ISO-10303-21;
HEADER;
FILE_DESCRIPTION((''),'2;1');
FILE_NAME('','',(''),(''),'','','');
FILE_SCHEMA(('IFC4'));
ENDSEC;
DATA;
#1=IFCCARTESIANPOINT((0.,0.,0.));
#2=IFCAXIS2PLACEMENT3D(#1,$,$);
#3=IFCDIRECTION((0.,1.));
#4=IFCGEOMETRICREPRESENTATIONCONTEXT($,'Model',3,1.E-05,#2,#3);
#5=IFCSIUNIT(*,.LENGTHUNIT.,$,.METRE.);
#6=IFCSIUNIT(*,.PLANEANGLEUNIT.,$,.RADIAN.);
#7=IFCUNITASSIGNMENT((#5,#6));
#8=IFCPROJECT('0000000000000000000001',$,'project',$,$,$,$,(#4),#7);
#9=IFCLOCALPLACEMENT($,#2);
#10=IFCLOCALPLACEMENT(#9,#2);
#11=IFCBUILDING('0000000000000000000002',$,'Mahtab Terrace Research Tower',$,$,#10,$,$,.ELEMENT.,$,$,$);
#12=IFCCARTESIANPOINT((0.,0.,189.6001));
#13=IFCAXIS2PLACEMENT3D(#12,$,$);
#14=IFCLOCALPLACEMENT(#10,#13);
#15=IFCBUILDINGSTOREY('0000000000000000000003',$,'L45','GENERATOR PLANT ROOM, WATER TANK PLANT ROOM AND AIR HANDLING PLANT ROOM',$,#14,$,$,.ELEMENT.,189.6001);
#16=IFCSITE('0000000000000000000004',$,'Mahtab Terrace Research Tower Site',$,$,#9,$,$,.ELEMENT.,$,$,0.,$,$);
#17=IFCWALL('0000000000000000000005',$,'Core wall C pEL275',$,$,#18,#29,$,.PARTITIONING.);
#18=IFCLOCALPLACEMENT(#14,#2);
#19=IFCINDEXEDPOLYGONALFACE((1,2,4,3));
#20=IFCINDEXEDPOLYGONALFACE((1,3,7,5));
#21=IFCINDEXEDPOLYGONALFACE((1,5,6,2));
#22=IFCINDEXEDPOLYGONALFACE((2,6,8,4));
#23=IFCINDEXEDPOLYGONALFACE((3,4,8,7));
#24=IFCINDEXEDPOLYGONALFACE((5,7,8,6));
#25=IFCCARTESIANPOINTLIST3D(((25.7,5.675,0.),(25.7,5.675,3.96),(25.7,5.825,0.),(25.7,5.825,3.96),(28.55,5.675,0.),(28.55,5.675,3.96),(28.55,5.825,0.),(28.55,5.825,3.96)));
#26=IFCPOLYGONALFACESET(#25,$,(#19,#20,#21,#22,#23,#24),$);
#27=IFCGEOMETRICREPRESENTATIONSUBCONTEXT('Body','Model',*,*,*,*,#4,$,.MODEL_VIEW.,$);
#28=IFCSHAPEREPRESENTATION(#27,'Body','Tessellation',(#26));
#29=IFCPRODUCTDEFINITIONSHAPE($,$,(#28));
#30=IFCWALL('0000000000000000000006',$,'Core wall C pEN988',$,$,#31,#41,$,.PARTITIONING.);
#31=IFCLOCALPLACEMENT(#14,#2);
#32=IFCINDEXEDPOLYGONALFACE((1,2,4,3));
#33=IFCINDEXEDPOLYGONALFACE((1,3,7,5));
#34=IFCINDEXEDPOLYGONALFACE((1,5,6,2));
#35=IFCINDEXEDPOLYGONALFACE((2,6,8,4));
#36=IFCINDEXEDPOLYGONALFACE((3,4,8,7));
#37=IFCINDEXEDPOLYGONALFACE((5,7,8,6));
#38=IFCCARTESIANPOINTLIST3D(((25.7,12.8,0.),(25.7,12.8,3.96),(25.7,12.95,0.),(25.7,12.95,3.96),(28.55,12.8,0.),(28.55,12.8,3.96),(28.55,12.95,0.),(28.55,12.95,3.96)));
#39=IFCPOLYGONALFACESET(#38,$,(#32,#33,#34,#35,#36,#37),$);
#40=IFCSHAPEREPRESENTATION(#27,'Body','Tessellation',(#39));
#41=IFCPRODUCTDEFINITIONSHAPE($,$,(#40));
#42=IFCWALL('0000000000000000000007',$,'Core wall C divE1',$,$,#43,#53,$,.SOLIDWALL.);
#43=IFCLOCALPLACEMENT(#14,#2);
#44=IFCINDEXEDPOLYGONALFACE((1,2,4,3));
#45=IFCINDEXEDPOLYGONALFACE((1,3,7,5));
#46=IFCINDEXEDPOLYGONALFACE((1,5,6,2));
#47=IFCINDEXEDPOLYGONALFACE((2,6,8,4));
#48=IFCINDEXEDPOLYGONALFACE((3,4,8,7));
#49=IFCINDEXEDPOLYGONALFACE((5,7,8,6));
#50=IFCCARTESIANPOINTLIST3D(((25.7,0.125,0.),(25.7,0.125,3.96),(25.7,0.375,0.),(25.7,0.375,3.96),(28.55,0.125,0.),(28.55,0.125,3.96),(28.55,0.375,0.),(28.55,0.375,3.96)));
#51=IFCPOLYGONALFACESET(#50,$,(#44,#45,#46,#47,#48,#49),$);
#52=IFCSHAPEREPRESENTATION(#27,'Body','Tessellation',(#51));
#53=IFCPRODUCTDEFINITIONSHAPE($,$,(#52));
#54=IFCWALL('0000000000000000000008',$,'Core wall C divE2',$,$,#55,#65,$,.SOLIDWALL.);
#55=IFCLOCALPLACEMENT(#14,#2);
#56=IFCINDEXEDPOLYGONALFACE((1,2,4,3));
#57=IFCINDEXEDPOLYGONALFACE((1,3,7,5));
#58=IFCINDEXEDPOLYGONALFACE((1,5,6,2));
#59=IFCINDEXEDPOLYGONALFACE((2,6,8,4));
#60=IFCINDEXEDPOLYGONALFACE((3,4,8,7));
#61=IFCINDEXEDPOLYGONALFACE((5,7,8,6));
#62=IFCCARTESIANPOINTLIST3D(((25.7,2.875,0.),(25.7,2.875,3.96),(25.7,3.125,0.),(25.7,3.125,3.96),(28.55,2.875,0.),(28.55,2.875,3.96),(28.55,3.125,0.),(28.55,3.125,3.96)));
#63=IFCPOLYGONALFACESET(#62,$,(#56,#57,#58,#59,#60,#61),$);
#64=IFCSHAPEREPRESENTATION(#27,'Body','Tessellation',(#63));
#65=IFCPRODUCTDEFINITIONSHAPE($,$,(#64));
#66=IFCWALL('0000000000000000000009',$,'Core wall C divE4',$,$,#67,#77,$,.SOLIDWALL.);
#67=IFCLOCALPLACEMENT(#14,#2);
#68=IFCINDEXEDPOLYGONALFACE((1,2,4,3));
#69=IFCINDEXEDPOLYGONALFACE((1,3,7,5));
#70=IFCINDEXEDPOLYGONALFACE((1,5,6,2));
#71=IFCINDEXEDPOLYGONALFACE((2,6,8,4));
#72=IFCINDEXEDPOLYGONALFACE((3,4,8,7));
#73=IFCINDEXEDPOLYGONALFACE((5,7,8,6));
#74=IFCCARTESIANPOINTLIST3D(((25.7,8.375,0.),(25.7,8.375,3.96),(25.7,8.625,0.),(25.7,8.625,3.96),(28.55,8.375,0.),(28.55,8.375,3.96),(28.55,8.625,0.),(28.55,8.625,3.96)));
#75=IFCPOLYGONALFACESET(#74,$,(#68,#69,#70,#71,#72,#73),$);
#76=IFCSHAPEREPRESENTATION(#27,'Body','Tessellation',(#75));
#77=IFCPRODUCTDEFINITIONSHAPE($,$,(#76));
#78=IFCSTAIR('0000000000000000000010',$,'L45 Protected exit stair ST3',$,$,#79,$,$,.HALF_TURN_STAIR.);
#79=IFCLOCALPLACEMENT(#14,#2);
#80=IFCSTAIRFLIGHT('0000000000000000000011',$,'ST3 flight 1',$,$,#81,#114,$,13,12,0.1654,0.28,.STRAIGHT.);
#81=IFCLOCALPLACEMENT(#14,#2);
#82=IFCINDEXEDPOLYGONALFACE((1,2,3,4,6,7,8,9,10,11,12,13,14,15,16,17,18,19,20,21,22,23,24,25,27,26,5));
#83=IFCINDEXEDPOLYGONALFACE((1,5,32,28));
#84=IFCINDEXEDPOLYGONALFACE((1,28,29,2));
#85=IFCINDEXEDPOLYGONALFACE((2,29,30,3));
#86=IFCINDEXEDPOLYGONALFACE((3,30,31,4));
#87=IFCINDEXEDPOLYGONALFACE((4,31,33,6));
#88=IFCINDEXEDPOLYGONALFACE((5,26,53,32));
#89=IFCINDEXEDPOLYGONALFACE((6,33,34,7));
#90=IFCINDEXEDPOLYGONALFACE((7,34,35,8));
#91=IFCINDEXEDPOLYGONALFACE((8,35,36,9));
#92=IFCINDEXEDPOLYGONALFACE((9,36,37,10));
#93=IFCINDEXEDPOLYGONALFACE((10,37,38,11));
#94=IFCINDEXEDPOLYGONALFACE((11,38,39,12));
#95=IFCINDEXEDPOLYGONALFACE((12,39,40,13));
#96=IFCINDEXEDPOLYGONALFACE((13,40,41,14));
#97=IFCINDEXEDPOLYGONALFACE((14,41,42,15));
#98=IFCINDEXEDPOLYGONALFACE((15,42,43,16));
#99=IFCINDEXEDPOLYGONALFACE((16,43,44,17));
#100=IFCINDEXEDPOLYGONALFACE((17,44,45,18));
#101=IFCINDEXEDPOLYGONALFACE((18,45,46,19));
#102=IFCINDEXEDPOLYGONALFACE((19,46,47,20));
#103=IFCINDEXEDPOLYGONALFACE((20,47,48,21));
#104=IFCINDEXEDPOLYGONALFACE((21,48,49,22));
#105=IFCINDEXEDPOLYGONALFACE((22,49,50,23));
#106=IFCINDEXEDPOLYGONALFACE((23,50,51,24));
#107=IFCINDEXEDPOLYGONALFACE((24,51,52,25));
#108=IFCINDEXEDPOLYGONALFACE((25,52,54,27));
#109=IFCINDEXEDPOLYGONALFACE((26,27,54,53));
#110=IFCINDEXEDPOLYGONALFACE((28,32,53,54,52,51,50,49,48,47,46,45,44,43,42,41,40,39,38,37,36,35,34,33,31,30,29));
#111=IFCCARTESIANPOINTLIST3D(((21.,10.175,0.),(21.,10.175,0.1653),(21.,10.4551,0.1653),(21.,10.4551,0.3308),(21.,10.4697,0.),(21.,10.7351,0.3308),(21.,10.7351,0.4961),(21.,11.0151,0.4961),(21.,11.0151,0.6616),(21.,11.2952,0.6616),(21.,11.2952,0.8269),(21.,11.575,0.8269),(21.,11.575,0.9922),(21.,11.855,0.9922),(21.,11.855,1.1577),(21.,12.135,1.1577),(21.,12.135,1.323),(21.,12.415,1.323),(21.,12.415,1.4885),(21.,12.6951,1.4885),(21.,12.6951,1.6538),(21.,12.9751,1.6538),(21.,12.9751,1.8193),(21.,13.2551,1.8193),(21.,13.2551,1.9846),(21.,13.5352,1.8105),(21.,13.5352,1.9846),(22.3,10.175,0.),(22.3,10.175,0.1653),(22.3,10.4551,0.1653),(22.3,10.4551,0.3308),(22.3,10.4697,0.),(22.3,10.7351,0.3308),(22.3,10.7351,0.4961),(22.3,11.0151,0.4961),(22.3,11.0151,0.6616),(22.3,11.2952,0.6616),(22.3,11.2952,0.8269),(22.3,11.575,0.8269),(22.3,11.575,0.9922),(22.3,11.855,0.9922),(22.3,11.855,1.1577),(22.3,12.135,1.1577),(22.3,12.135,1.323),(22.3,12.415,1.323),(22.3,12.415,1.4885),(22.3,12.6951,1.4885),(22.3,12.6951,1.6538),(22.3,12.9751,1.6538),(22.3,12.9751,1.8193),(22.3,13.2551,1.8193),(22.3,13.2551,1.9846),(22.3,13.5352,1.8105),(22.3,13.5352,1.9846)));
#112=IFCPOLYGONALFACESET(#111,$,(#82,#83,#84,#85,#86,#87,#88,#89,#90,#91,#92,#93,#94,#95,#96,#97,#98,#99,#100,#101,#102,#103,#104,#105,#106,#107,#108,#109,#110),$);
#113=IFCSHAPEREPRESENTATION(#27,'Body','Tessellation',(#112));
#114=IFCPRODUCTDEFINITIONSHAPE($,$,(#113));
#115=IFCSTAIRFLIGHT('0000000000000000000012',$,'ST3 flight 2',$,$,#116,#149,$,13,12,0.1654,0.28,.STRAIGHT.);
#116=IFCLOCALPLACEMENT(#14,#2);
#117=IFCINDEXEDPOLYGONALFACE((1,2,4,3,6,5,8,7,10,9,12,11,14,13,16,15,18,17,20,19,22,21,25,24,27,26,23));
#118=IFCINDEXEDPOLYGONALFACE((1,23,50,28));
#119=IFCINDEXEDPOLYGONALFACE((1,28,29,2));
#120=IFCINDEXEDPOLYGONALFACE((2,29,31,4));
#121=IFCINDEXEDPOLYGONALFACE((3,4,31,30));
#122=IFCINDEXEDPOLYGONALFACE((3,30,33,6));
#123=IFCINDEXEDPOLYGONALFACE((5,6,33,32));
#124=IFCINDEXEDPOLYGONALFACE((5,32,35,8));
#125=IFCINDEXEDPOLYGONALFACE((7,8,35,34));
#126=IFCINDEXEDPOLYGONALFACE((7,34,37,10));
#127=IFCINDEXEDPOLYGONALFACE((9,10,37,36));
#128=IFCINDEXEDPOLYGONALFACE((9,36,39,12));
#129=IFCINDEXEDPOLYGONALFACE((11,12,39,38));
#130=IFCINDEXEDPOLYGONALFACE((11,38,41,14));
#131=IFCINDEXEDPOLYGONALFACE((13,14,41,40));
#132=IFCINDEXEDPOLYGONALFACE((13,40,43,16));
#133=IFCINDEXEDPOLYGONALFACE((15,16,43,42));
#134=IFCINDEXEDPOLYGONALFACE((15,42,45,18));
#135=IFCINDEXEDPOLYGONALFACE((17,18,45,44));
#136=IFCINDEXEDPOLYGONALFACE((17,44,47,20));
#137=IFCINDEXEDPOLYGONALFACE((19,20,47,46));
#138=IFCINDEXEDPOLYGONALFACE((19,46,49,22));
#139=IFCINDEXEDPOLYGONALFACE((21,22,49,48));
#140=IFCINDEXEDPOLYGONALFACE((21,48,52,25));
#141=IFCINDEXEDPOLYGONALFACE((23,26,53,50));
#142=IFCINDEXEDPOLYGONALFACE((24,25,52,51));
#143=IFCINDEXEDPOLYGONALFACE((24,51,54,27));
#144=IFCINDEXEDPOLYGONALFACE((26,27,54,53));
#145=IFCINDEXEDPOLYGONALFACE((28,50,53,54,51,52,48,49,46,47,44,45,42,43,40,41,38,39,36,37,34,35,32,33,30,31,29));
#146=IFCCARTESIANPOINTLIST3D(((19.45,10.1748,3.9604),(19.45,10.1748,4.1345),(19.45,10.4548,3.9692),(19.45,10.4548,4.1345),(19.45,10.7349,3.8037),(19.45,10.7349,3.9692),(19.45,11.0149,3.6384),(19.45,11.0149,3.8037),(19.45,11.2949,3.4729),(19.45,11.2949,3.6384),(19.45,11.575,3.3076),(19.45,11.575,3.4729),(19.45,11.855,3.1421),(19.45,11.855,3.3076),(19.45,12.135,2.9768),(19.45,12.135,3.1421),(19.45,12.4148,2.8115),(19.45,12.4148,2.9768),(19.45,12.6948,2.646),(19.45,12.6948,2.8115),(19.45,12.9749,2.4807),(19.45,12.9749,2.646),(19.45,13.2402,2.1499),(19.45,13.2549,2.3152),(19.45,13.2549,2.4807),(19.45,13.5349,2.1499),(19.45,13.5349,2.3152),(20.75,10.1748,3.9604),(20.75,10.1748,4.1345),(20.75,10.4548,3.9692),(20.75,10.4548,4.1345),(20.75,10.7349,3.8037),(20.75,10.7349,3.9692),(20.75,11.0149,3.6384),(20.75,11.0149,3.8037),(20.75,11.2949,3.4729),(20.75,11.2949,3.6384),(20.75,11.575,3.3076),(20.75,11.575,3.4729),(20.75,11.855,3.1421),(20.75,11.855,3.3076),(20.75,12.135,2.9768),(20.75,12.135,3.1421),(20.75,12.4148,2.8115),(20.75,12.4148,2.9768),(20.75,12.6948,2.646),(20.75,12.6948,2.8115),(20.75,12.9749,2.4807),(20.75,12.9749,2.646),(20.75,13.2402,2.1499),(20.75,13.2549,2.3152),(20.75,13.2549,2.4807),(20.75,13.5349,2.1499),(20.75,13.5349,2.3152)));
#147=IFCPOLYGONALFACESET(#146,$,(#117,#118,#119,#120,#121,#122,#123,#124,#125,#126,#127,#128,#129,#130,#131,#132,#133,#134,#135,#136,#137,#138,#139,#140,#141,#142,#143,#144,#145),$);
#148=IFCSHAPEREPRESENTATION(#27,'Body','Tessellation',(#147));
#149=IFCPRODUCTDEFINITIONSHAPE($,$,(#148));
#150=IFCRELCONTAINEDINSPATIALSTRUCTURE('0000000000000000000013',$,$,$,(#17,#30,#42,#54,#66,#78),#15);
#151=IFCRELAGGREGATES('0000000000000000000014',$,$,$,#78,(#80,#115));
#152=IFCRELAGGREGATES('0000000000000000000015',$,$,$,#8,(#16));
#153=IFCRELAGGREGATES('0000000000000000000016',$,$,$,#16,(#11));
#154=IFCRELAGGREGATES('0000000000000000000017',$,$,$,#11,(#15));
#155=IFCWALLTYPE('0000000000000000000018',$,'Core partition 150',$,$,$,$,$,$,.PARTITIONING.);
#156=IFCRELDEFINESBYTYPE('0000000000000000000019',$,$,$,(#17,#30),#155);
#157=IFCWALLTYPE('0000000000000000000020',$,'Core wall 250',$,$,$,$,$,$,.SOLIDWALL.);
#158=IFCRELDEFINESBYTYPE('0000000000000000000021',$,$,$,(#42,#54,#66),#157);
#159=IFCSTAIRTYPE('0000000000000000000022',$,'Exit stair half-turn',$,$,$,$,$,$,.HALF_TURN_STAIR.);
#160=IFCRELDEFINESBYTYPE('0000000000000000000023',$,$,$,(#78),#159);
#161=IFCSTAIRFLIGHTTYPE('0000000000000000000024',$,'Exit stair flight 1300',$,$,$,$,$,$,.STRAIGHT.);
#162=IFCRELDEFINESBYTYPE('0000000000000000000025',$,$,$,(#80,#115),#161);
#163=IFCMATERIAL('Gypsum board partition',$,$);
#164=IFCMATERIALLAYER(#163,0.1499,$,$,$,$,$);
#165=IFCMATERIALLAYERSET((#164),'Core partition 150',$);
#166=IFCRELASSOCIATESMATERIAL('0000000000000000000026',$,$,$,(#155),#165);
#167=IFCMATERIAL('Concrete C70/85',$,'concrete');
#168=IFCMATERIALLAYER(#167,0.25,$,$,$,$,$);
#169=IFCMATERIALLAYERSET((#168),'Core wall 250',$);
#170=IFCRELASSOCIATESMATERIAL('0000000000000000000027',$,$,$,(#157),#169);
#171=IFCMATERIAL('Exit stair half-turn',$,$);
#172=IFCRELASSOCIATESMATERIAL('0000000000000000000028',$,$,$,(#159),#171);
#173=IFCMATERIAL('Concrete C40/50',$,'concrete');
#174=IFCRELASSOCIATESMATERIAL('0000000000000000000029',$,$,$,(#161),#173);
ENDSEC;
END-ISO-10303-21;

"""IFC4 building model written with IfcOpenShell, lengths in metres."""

from ifc_helpers import new_model, si_unit, direction, frame, frame_2d, origin, place, context, subcontext, project, spatial, polyline, rectangle, outline, extrude, material, layer, layer_set, type_object, element, aggregate, save


model = new_model("IFC4")

# Units and contexts
model_context = context("Model", 3, precision=1e-05, world=origin(), true_north=direction((0.0, 1.0)))
body_context = subcontext(model_context, "Body", "Model", "MODEL_VIEW")
ifc_project = project(units=[si_unit("LENGTHUNIT", "METRE"), si_unit("PLANEANGLEUNIT", "RADIAN")], contexts=[model_context])

# Site, building, storey
site_placement = place(None, origin())
site = spatial("IfcSite", under=ifc_project, at=site_placement, Name="Mahtab Terrace Research Tower Site", CompositionType="ELEMENT", RefElevation=0.0)
building_placement = place(site_placement, origin())
building = spatial("IfcBuilding", under=site, at=building_placement, Name="Mahtab Terrace Research Tower", CompositionType="ELEMENT")
storey_placement = place(building_placement, frame((0.0, 0.0, 189.6001)))
storey = spatial("IfcBuildingStorey", under=building, at=storey_placement, Name="L45", Description="GENERATOR PLANT ROOM, WATER TANK PLANT ROOM AND AIR HANDLING PLANT ROOM", CompositionType="ELEMENT", Elevation=189.6001)

# Shared definitions
ifc_material_1 = material(Name="Concrete C70/85", Category="concrete")

# Walls
ifc_material_2 = material(Name="Gypsum board partition")
ifc_layer_1 = layer(ifc_material_2, 0.1499)
ifc_layer_set_1 = layer_set([ifc_layer_1], Name="Core partition 150")
wall_type_1 = type_object("IfcWallType", Name="Core partition 150", PredefinedType="PARTITIONING", material=ifc_layer_set_1)
for number, where, z_axis, x_axis, name in (
    (1, (25.7, 5.75, 0.0), (0.0, 0.0, 1.0), (1.0, 0.0, 0.0), "Core wall C pEL275"),
    (2, (25.7, 12.875, 0.0), (0.0, 0.0, 1.0), (1.0, 0.0, 0.0), "Core wall C pEN988"),
):
    element("IfcWall", number, at=place(storey_placement, frame(where, z_axis=z_axis, x_axis=x_axis)), inside=storey, type_object=wall_type_1, Name=name, PredefinedType="PARTITIONING", context=body_context, shape_type="SweptSolid", body=[
        extrude(rectangle(XDim=2.8501, YDim=0.1499, at=frame_2d((1.425, 0.0))), origin(), (0.0, 0.0, 1.0), 3.96),
    ])
ifc_layer_2 = layer(ifc_material_1, 0.25)
ifc_layer_set_2 = layer_set([ifc_layer_2], Name="Core wall 250")
wall_type_2 = type_object("IfcWallType", Name="Core wall 250", PredefinedType="SOLIDWALL", material=ifc_layer_set_2)
for number, where, z_axis, x_axis, name in (
    (3, (25.7, 0.25, 0.0), (0.0, 0.0, 1.0), (1.0, 0.0, 0.0), "Core wall C divE1"),
    (4, (25.7, 3.0, 0.0), (0.0, 0.0, 1.0), (1.0, 0.0, 0.0), "Core wall C divE2"),
    (5, (25.7, 8.5, 0.0), (0.0, 0.0, 1.0), (1.0, 0.0, 0.0), "Core wall C divE4"),
):
    element("IfcWall", number, at=place(storey_placement, frame(where, z_axis=z_axis, x_axis=x_axis)), inside=storey, type_object=wall_type_2, Name=name, PredefinedType="SOLIDWALL", context=body_context, shape_type="SweptSolid", body=[
        extrude(rectangle(XDim=2.8501, YDim=0.25, at=frame_2d((1.425, 0.0))), origin(), (0.0, 0.0, 1.0), 3.96),
    ])

# Stair, stair flights
ifc_material_3 = material(Name="Exit stair half-turn")
stair_type = type_object("IfcStairType", Name="Exit stair half-turn", PredefinedType="HALF_TURN_STAIR", material=ifc_material_3)
stair_placement = place(storey_placement, origin())
stair = element("IfcStair", 6, at=stair_placement, inside=storey, type_object=stair_type, Name="L45 Protected exit stair ST3", PredefinedType="HALF_TURN_STAIR")
ifc_material_4 = material(Name="Concrete C40/50", Category="concrete")
stair_flight_type = type_object("IfcStairFlightType", Name="Exit stair flight 1300", PredefinedType="STRAIGHT", material=ifc_material_4)
stair_flight_1_placement = place(storey_placement, frame((21.6499, 10.175, 0.0), z_axis=(0.0, 0.0, 1.0), x_axis=(0.0, 1.0, 0.0)))
stair_flight_1 = element("IfcStairFlight", 7, at=stair_flight_1_placement, type_object=stair_flight_type, Name="ST3 flight 1", NumberOfRisers=13, NumberOfTreads=12, PredefinedType="STRAIGHT", RiserHeight=0.1654, TreadLength=0.28, context=body_context, shape_type="SweptSolid", body=[
    extrude(outline(polyline([(0.0, 0.0), (0.0, 0.1653), (0.28, 0.1653), (0.28, 0.3308), (0.5601, 0.3308), (0.5601, 0.4961), (0.8401, 0.4961), (0.8401, 0.6616), (1.1201, 0.6616), (1.1201, 0.8269), (1.3999, 0.8269), (1.3999, 0.9922), (1.6799, 0.9922), (1.6799, 1.1577), (1.96, 1.1577), (1.96, 1.323), (2.24, 1.323), (2.24, 1.4885), (2.52, 1.4885), (2.52, 1.6538), (2.8, 1.6538), (2.8, 1.8193), (3.0801, 1.8193), (3.0801, 1.9846), (3.3601, 1.9846), (3.3601, 2.1499), (3.3601, 1.8105), (0.2947, 0.0), (0.0, 0.0)])), frame((0.0, 0.6499, 0.0), z_axis=(0.0, -1.0, 0.0), x_axis=(1.0, 0.0, 0.0)), (0.0, 0.0, 1.0), 1.3),
])
stair_flight_2_placement = place(storey_placement, frame((20.1001, 13.5349, 2.1499), z_axis=(0.0, 0.0, 1.0), x_axis=(0.0, -1.0, 0.0)))
stair_flight_2 = element("IfcStairFlight", 8, at=stair_flight_2_placement, type_object=stair_flight_type, Name="ST3 flight 2", NumberOfRisers=13, NumberOfTreads=12, PredefinedType="STRAIGHT", RiserHeight=0.1654, TreadLength=0.28, context=body_context, shape_type="SweptSolid", body=[
    extrude(outline(polyline([(0.0, 0.0), (0.0, 0.1653), (0.28, 0.1653), (0.28, 0.3308), (0.5601, 0.3308), (0.5601, 0.4961), (0.8401, 0.4961), (0.8401, 0.6616), (1.1201, 0.6616), (1.1201, 0.8269), (1.3999, 0.8269), (1.3999, 0.9922), (1.6799, 0.9922), (1.6799, 1.1577), (1.96, 1.1577), (1.96, 1.323), (2.24, 1.323), (2.24, 1.4885), (2.52, 1.4885), (2.52, 1.6538), (2.8, 1.6538), (2.8, 1.8193), (3.0801, 1.8193), (3.0801, 1.9846), (3.3601, 1.9846), (3.3601, 2.1499), (3.3601, 1.8105), (0.2947, 0.0), (0.0, 0.0)])), frame((0.0, 0.6499, 0.0), z_axis=(0.0, -1.0, 0.0), x_axis=(1.0, 0.0, 0.0)), (0.0, 0.0, 1.0), 1.3),
])
aggregate(stair, [stair_flight_1, stair_flight_2])

save(model, "model.ifc")
